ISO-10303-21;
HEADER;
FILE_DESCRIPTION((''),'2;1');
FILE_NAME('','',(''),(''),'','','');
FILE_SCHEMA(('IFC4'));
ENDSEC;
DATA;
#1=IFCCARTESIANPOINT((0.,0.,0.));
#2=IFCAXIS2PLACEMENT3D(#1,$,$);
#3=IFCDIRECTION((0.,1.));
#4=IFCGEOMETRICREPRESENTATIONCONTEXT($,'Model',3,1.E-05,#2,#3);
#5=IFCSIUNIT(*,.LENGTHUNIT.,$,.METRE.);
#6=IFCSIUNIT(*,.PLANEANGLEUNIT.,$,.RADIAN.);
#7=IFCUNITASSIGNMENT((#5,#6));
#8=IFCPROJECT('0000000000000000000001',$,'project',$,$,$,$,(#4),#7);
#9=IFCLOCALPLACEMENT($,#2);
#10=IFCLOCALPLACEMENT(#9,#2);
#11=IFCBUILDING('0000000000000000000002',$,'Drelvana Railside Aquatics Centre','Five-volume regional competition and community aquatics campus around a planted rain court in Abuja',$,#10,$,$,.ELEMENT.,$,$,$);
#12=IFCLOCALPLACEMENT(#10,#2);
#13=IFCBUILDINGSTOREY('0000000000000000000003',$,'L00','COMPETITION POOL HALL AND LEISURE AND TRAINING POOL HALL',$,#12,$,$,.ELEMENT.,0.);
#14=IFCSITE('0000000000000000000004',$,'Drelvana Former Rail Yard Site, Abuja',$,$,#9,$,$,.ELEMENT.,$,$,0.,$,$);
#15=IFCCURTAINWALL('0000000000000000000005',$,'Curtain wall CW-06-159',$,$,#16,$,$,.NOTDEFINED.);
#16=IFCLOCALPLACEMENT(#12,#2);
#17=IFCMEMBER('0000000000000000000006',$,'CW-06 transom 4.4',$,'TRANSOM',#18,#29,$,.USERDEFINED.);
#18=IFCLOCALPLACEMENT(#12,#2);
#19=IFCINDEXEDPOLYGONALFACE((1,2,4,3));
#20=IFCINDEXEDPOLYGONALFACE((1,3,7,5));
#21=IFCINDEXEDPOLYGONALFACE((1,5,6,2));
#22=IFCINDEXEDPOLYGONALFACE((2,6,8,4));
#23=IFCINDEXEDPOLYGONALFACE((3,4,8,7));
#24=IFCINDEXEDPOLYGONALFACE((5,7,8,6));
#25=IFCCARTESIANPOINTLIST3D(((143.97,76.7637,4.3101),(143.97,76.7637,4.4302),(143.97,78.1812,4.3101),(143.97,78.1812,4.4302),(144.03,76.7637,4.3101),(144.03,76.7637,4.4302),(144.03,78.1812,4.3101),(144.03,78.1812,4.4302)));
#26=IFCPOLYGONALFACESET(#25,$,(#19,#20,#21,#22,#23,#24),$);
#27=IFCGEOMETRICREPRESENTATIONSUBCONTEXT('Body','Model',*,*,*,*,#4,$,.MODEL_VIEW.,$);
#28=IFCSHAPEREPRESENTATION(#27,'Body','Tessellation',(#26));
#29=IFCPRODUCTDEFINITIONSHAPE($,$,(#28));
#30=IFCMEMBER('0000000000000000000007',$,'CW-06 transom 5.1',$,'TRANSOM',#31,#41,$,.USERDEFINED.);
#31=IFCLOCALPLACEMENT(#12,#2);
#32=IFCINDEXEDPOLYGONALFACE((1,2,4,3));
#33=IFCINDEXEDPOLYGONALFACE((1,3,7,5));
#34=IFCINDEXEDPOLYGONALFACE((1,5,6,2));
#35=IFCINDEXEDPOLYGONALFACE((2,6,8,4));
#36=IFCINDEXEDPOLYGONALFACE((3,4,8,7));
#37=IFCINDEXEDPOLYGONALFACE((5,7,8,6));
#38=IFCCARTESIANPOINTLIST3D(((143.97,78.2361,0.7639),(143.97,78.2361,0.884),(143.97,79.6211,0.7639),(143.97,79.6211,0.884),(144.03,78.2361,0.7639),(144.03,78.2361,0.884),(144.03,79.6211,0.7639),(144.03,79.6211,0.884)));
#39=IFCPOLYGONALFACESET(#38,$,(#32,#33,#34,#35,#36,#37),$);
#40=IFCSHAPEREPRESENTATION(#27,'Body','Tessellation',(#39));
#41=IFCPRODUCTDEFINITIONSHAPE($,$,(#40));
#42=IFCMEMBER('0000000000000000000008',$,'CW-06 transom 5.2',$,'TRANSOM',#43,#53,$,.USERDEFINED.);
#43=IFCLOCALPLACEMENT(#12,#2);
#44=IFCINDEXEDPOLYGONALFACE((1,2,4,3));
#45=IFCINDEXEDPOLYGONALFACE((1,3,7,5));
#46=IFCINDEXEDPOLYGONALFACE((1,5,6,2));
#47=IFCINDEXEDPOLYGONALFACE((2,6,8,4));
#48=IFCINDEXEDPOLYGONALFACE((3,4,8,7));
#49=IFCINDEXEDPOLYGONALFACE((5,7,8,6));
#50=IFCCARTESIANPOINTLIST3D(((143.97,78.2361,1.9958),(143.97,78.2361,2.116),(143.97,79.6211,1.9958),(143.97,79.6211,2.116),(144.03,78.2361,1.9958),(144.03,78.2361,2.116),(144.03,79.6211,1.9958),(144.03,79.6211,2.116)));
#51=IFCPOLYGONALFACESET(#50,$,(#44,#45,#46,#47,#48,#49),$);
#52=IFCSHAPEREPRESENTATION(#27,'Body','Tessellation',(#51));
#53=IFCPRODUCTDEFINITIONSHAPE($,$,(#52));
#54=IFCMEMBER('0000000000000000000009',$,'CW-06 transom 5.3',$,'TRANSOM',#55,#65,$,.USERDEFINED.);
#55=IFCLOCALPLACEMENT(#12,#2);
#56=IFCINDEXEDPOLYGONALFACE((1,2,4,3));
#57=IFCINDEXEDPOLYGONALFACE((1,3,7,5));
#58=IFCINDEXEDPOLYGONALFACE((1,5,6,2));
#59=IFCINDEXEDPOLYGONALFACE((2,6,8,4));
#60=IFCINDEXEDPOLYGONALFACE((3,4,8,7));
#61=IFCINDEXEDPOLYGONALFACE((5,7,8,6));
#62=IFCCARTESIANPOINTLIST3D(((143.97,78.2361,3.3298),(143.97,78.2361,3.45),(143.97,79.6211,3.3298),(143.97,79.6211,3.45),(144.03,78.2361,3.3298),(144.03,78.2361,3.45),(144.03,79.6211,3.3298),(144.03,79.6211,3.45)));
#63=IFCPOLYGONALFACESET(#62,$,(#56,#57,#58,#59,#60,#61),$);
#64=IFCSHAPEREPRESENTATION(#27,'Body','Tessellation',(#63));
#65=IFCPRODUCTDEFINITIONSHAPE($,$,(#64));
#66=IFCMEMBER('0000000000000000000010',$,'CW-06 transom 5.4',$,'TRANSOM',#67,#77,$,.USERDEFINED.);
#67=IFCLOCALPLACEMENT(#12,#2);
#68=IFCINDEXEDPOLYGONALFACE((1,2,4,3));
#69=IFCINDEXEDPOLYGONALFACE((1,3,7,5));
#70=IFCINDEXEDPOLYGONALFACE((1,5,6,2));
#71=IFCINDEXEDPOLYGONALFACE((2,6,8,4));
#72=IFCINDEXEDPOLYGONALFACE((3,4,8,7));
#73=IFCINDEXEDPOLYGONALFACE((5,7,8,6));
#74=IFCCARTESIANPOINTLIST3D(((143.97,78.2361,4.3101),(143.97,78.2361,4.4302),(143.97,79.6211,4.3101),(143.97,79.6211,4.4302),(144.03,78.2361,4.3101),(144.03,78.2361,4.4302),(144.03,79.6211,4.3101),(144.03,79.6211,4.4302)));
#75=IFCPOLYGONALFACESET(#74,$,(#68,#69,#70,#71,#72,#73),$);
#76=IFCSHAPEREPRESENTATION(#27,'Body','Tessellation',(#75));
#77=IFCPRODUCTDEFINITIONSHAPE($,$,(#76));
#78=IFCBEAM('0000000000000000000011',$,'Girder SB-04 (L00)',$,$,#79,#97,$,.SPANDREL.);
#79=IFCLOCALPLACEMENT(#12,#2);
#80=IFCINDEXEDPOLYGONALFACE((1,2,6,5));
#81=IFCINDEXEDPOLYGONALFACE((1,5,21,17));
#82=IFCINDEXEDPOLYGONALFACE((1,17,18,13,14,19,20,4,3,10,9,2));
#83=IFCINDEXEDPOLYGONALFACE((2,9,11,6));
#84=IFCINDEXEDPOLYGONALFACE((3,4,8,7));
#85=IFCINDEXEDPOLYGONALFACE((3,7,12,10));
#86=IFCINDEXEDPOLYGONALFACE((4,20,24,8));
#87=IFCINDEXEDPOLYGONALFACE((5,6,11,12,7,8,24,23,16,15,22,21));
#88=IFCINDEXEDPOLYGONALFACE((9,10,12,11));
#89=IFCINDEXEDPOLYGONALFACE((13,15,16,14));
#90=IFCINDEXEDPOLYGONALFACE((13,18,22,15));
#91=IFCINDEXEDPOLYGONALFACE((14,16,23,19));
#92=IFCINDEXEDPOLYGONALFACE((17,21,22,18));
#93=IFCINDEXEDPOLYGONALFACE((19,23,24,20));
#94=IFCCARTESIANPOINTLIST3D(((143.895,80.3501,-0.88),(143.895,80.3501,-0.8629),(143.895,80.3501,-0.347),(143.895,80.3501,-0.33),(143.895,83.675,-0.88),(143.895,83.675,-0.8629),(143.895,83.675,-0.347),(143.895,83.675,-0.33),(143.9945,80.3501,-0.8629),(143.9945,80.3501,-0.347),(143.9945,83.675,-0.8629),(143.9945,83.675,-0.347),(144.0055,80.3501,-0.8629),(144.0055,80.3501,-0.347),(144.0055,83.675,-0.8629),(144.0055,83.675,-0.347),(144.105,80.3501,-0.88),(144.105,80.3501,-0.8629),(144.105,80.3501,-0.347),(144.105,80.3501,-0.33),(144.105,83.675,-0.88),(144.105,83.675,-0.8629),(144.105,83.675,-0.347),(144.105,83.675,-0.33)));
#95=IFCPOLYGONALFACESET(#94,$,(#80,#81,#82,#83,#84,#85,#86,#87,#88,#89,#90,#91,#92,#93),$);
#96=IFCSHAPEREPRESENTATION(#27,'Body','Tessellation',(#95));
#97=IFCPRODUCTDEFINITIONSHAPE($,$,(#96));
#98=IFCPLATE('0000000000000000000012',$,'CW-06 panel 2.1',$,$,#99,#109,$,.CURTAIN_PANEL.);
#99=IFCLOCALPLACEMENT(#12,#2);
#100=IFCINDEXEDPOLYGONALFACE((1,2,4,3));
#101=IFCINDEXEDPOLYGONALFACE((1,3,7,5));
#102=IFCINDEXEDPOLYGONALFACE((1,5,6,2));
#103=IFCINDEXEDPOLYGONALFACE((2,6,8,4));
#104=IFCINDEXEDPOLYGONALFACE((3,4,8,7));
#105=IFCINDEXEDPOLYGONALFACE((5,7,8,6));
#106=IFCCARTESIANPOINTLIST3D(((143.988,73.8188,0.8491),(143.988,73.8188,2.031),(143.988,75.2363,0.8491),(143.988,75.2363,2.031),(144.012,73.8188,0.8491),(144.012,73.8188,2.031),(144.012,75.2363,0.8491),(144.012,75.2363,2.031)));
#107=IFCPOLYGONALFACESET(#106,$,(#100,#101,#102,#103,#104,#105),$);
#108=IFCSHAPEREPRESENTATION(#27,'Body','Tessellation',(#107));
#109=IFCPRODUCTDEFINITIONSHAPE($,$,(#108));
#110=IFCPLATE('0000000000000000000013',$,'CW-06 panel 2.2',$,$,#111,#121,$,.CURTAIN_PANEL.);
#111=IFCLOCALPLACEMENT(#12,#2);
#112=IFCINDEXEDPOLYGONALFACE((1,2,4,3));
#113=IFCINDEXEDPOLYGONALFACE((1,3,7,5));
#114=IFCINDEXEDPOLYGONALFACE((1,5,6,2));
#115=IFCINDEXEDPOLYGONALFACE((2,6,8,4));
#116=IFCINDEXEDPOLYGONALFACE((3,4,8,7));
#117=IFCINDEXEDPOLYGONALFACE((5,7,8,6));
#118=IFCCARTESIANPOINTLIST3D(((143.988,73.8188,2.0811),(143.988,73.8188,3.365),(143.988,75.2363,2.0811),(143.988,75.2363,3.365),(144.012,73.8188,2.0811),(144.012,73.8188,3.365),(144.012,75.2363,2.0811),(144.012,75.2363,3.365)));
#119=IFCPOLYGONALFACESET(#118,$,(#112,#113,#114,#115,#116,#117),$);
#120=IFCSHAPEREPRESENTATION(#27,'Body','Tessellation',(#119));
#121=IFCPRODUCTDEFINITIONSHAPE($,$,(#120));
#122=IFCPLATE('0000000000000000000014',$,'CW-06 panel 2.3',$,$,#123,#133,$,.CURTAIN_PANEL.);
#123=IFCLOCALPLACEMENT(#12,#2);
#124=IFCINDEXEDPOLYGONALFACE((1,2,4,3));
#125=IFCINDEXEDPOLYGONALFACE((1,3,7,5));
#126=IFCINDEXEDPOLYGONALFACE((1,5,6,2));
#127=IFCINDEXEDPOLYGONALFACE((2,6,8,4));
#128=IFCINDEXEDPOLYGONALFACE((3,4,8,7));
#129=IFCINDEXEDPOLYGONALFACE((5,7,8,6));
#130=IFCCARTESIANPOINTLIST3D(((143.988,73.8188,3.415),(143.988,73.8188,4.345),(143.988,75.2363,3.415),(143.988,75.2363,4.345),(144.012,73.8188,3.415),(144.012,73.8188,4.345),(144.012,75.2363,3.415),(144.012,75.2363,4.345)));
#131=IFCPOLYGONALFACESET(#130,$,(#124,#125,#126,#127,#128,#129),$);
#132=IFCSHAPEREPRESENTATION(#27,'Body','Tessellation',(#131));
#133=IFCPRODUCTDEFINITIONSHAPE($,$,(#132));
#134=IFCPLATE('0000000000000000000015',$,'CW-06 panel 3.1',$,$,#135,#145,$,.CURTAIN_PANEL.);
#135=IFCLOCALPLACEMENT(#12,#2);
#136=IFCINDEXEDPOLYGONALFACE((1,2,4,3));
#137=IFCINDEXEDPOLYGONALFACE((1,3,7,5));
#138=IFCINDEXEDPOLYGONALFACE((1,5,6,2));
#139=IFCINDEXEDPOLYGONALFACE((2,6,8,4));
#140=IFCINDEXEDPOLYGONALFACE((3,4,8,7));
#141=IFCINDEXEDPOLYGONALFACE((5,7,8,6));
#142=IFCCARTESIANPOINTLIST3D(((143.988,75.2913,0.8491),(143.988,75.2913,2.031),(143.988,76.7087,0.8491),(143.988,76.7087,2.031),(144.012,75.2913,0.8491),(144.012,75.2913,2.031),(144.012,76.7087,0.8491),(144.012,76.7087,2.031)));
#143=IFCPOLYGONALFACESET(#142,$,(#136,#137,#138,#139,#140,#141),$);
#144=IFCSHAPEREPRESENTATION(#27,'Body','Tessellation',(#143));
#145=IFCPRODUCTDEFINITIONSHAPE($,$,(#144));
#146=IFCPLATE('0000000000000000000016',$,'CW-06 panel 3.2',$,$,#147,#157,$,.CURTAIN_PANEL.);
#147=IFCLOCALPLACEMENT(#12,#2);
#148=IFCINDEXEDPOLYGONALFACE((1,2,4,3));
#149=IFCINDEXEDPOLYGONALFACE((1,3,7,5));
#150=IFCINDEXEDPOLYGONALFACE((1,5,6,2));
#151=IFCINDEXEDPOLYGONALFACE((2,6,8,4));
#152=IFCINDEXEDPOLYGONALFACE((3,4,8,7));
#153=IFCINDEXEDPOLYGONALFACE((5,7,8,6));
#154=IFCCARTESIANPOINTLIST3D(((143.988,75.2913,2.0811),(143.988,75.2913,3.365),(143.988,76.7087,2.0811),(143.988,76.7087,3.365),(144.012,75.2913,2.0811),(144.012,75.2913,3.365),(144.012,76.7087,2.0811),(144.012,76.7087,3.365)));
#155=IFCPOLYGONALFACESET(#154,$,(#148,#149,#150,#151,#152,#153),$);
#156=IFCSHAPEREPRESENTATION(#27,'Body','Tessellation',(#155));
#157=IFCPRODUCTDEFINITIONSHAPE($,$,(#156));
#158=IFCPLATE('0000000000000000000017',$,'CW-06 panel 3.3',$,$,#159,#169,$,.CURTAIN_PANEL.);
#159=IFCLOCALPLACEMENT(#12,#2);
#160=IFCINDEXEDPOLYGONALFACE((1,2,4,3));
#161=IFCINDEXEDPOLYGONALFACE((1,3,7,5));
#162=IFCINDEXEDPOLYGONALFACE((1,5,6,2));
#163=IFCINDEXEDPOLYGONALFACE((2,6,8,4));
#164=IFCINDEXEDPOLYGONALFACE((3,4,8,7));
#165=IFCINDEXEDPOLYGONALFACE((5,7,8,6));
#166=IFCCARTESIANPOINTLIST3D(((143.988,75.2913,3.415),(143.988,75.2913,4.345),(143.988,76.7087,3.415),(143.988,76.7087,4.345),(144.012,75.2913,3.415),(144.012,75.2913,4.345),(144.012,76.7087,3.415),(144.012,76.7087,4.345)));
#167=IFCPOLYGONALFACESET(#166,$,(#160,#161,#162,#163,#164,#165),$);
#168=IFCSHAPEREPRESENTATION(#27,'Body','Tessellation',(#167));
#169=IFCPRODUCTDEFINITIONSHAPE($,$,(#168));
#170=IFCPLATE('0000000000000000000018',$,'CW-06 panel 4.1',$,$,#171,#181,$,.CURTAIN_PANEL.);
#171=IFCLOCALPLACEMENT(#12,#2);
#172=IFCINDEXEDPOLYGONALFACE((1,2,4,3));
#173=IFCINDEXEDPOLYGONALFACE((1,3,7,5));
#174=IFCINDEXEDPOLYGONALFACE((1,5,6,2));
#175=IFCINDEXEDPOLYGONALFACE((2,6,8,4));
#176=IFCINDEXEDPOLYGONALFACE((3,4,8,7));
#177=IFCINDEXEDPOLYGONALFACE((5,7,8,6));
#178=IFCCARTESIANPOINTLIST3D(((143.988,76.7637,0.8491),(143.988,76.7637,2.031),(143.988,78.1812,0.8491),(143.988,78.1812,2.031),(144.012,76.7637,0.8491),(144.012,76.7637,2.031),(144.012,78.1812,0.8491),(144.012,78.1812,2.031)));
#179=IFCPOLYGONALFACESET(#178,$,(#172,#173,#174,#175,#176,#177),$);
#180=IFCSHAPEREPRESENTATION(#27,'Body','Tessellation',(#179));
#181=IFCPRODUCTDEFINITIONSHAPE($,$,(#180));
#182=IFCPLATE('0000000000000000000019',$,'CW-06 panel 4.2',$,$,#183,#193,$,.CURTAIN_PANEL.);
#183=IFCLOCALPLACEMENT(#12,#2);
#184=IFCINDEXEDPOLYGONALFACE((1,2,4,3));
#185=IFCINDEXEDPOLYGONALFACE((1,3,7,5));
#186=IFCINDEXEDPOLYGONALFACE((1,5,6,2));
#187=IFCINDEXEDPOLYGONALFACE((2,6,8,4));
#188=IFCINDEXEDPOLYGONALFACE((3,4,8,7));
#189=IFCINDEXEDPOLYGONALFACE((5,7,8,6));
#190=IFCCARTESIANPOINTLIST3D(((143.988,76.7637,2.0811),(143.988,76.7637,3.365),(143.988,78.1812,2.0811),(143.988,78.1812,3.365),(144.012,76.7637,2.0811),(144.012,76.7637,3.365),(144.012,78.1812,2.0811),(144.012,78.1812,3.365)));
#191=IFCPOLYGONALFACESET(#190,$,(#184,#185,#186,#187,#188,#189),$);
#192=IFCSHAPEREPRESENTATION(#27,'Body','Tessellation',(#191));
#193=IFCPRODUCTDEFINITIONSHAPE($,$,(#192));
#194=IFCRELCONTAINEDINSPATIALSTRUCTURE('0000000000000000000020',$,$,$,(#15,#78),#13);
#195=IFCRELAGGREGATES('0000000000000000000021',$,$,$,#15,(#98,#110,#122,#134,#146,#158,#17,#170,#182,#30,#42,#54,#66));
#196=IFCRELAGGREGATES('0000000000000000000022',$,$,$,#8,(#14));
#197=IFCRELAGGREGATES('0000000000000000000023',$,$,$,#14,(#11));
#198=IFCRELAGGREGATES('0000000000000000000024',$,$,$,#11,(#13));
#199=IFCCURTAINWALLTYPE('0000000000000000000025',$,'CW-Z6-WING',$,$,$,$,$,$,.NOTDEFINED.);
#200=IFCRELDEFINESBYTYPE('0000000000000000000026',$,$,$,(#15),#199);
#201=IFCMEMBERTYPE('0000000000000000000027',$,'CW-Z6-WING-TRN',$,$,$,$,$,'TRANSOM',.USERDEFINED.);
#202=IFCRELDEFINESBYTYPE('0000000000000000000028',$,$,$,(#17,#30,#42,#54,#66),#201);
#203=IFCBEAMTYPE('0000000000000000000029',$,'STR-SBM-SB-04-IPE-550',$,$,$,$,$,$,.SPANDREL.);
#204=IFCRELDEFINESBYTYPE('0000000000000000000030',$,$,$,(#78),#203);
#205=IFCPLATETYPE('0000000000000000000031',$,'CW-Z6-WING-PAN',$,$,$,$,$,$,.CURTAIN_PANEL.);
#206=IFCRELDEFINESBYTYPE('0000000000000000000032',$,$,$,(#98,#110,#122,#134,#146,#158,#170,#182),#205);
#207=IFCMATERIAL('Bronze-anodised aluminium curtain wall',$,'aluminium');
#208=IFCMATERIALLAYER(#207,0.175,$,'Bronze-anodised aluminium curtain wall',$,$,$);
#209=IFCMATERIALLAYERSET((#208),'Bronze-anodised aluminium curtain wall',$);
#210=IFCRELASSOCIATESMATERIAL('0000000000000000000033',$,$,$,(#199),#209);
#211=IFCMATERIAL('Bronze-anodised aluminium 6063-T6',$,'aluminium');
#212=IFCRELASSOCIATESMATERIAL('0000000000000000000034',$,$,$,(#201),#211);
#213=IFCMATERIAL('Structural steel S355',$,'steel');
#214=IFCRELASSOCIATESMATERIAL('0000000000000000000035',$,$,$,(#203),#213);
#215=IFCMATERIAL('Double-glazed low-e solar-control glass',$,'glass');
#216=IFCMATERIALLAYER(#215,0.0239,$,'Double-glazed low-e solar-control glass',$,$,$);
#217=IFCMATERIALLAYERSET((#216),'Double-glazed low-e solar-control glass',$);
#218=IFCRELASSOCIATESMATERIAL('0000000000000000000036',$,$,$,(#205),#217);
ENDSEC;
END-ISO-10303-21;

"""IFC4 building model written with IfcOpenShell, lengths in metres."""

from ifc_helpers import new_model, si_unit, direction, frame, origin, origin_2d, place, context, subcontext, project, spatial, rectangle, i_section, extrude, material, layer, layer_set, material_profile, profile_set, type_object, element, aggregate, save


model = new_model("IFC4")

# Units and contexts
model_context = context("Model", 3, precision=1e-05, world=origin(), true_north=direction((0.0, 1.0)))
body_context = subcontext(model_context, "Body", "Model", "MODEL_VIEW")
ifc_project = project(units=[si_unit("LENGTHUNIT", "METRE"), si_unit("PLANEANGLEUNIT", "RADIAN")], contexts=[model_context])

# Site, building, storey
site_placement = place(None, origin())
site = spatial("IfcSite", under=ifc_project, at=site_placement, Name="Drelvana Former Rail Yard Site, Abuja", CompositionType="ELEMENT", RefElevation=0.0)
building_placement = place(site_placement, origin())
building = spatial("IfcBuilding", under=site, at=building_placement, Name="Drelvana Railside Aquatics Centre", Description="Five-volume regional competition and community aquatics campus around a planted rain court in Abuja", CompositionType="ELEMENT")
storey_placement = place(building_placement, origin())
storey = spatial("IfcBuildingStorey", under=building, at=storey_placement, Name="L00", Description="COMPETITION POOL HALL AND LEISURE AND TRAINING POOL HALL", CompositionType="ELEMENT", Elevation=0.0)

# Curtain wall, members
ifc_material_1 = material(Name="Bronze-anodised aluminium curtain wall", Category="aluminium")
ifc_layer_1 = layer(ifc_material_1, 0.175, Name="Bronze-anodised aluminium curtain wall")
ifc_layer_set_1 = layer_set([ifc_layer_1], Name="Bronze-anodised aluminium curtain wall")
curtain_wall_type = type_object("IfcCurtainWallType", Name="CW-Z6-WING", PredefinedType="NOTDEFINED", material=ifc_layer_set_1)
curtain_wall_placement = place(storey_placement, origin())
curtain_wall = element("IfcCurtainWall", 1, at=curtain_wall_placement, inside=storey, type_object=curtain_wall_type, Name="Curtain wall CW-06-159", PredefinedType="NOTDEFINED")
ifc_material_2 = material(Name="Bronze-anodised aluminium 6063-T6", Category="aluminium")
ifc_material_profile_1 = material_profile(ifc_material_2, rectangle(XDim=0.1201, YDim=0.0601, at=origin_2d()), Name="ALU-T 60x120")
ifc_profile_set_1 = profile_set([ifc_material_profile_1], Name="Bronze-anodised aluminium 6063-T6")
member_type_1 = type_object("IfcMemberType", Name="CW-Z6-WING-TRN", ElementType="TRANSOM", PredefinedType="USERDEFINED", material=ifc_profile_set_1)
member_1_placement = place(storey_placement, frame((144.0, 76.7637, 4.3701), z_axis=(0.0, 1.0, 0.0), x_axis=(0.0, 0.0, 1.0)))
member_1 = element("IfcMember", 2, at=member_1_placement, type_object=member_type_1, Name="CW-06 transom 4.4", ObjectType="TRANSOM", PredefinedType="USERDEFINED", context=body_context, shape_type="SweptSolid", body=[
    extrude(rectangle(XDim=0.1201, YDim=0.0601, at=origin_2d()), origin(), (0.0, 0.0, 1.0), 1.4175),
])
member_2_placement = place(storey_placement, frame((144.0, 78.2361, 0.824), z_axis=(0.0, 1.0, 0.0), x_axis=(0.0, 0.0, 1.0)))
member_2 = element("IfcMember", 3, at=member_2_placement, type_object=member_type_1, Name="CW-06 transom 5.1", ObjectType="TRANSOM", PredefinedType="USERDEFINED", context=body_context, shape_type="SweptSolid", body=[
    extrude(rectangle(XDim=0.1201, YDim=0.0601, at=origin_2d()), origin(), (0.0, 0.0, 1.0), 1.385),
])
member_3_placement = place(storey_placement, frame((144.0, 78.2361, 2.0559), z_axis=(0.0, 1.0, 0.0), x_axis=(0.0, 0.0, 1.0)))
member_3 = element("IfcMember", 4, at=member_3_placement, type_object=member_type_1, Name="CW-06 transom 5.2", ObjectType="TRANSOM", PredefinedType="USERDEFINED", context=body_context, shape_type="SweptSolid", body=[
    extrude(rectangle(XDim=0.1201, YDim=0.0601, at=origin_2d()), origin(), (0.0, 0.0, 1.0), 1.385),
])
member_4_placement = place(storey_placement, frame((144.0, 78.2361, 3.3899), z_axis=(0.0, 1.0, 0.0), x_axis=(0.0, 0.0, 1.0)))
member_4 = element("IfcMember", 5, at=member_4_placement, type_object=member_type_1, Name="CW-06 transom 5.3", ObjectType="TRANSOM", PredefinedType="USERDEFINED", context=body_context, shape_type="SweptSolid", body=[
    extrude(rectangle(XDim=0.1201, YDim=0.0601, at=origin_2d()), origin(), (0.0, 0.0, 1.0), 1.385),
])
member_5_placement = place(storey_placement, frame((144.0, 78.2361, 4.3701), z_axis=(0.0, 1.0, 0.0), x_axis=(0.0, 0.0, 1.0)))
member_5 = element("IfcMember", 6, at=member_5_placement, type_object=member_type_1, Name="CW-06 transom 5.4", ObjectType="TRANSOM", PredefinedType="USERDEFINED", context=body_context, shape_type="SweptSolid", body=[
    extrude(rectangle(XDim=0.1201, YDim=0.0601, at=origin_2d()), origin(), (0.0, 0.0, 1.0), 1.385),
])

# Beam
ifc_material_3 = material(Name="Structural steel S355", Category="steel")
ifc_material_profile_2 = material_profile(ifc_material_3, i_section(OverallWidth=0.21, OverallDepth=0.55, WebThickness=0.011, FlangeThickness=0.0171, at=origin_2d()), Name="IPE 550")
ifc_profile_set_2 = profile_set([ifc_material_profile_2], Name="Structural steel S355")
beam_type = type_object("IfcBeamType", Name="STR-SBM-SB-04-IPE-550", PredefinedType="SPANDREL", material=ifc_profile_set_2)
beam_placement = place(storey_placement, frame((144.0, 80.3501, -0.605), z_axis=(0.0, 1.0, 0.0), x_axis=(-1.0, 0.0, 0.0)))
element("IfcBeam", 7, at=beam_placement, inside=storey, type_object=beam_type, Name="Girder SB-04 (L00)", PredefinedType="SPANDREL", context=body_context, shape_type="SweptSolid", body=[
    extrude(i_section(OverallWidth=0.21, OverallDepth=0.55, WebThickness=0.011, FlangeThickness=0.0171, at=origin_2d()), origin(), (0.0, 0.0, 1.0), 3.325),
])

# Plates
ifc_material_4 = material(Name="Double-glazed low-e solar-control glass", Category="glass")
ifc_layer_2 = layer(ifc_material_4, 0.0239, Name="Double-glazed low-e solar-control glass")
ifc_layer_set_2 = layer_set([ifc_layer_2], Name="Double-glazed low-e solar-control glass")
plate_type = type_object("IfcPlateType", Name="CW-Z6-WING-PAN", PredefinedType="CURTAIN_PANEL", material=ifc_layer_set_2)
plate_1_placement = place(storey_placement, frame((144.0, 74.5276, 0.8491), z_axis=(0.0, 0.0, 1.0), x_axis=(0.0, 1.0, 0.0)))
plate_1 = element("IfcPlate", 8, at=plate_1_placement, type_object=plate_type, Name="CW-06 panel 2.1", PredefinedType="CURTAIN_PANEL", context=body_context, shape_type="SweptSolid", body=[
    extrude(rectangle(XDim=1.4175, YDim=0.0239, at=origin_2d()), origin(), (0.0, 0.0, 1.0), 1.1819),
])
plate_2_placement = place(storey_placement, frame((144.0, 74.5276, 2.0811), z_axis=(0.0, 0.0, 1.0), x_axis=(0.0, 1.0, 0.0)))
plate_2 = element("IfcPlate", 9, at=plate_2_placement, type_object=plate_type, Name="CW-06 panel 2.2", PredefinedType="CURTAIN_PANEL", context=body_context, shape_type="SweptSolid", body=[
    extrude(rectangle(XDim=1.4175, YDim=0.0239, at=origin_2d()), origin(), (0.0, 0.0, 1.0), 1.2839),
])
plate_3_placement = place(storey_placement, frame((144.0, 74.5276, 3.415), z_axis=(0.0, 0.0, 1.0), x_axis=(0.0, 1.0, 0.0)))
plate_3 = element("IfcPlate", 10, at=plate_3_placement, type_object=plate_type, Name="CW-06 panel 2.3", PredefinedType="CURTAIN_PANEL", context=body_context, shape_type="SweptSolid", body=[
    extrude(rectangle(XDim=1.4175, YDim=0.0239, at=origin_2d()), origin(), (0.0, 0.0, 1.0), 0.9299),
])
plate_4_placement = place(storey_placement, frame((144.0, 76.0, 0.8491), z_axis=(0.0, 0.0, 1.0), x_axis=(0.0, 1.0, 0.0)))
plate_4 = element("IfcPlate", 11, at=plate_4_placement, type_object=plate_type, Name="CW-06 panel 3.1", PredefinedType="CURTAIN_PANEL", context=body_context, shape_type="SweptSolid", body=[
    extrude(rectangle(XDim=1.4175, YDim=0.0239, at=origin_2d()), origin(), (0.0, 0.0, 1.0), 1.1819),
])
plate_5_placement = place(storey_placement, frame((144.0, 76.0, 2.0811), z_axis=(0.0, 0.0, 1.0), x_axis=(0.0, 1.0, 0.0)))
plate_5 = element("IfcPlate", 12, at=plate_5_placement, type_object=plate_type, Name="CW-06 panel 3.2", PredefinedType="CURTAIN_PANEL", context=body_context, shape_type="SweptSolid", body=[
    extrude(rectangle(XDim=1.4175, YDim=0.0239, at=origin_2d()), origin(), (0.0, 0.0, 1.0), 1.2839),
])
plate_6_placement = place(storey_placement, frame((144.0, 76.0, 3.415), z_axis=(0.0, 0.0, 1.0), x_axis=(0.0, 1.0, 0.0)))
plate_6 = element("IfcPlate", 13, at=plate_6_placement, type_object=plate_type, Name="CW-06 panel 3.3", PredefinedType="CURTAIN_PANEL", context=body_context, shape_type="SweptSolid", body=[
    extrude(rectangle(XDim=1.4175, YDim=0.0239, at=origin_2d()), origin(), (0.0, 0.0, 1.0), 0.9299),
])
plate_7_placement = place(storey_placement, frame((144.0, 77.4724, 0.8491), z_axis=(0.0, 0.0, 1.0), x_axis=(0.0, 1.0, 0.0)))
plate_7 = element("IfcPlate", 14, at=plate_7_placement, type_object=plate_type, Name="CW-06 panel 4.1", PredefinedType="CURTAIN_PANEL", context=body_context, shape_type="SweptSolid", body=[
    extrude(rectangle(XDim=1.4175, YDim=0.0239, at=origin_2d()), origin(), (0.0, 0.0, 1.0), 1.1819),
])
plate_8_placement = place(storey_placement, frame((144.0, 77.4724, 2.0811), z_axis=(0.0, 0.0, 1.0), x_axis=(0.0, 1.0, 0.0)))
plate_8 = element("IfcPlate", 15, at=plate_8_placement, type_object=plate_type, Name="CW-06 panel 4.2", PredefinedType="CURTAIN_PANEL", context=body_context, shape_type="SweptSolid", body=[
    extrude(rectangle(XDim=1.4175, YDim=0.0239, at=origin_2d()), origin(), (0.0, 0.0, 1.0), 1.2839),
])
aggregate(curtain_wall, [plate_1, plate_2, plate_3, plate_4, plate_5, plate_6, member_1, plate_7, plate_8, member_2, member_3, member_4, member_5])

save(model, "model.ifc")
